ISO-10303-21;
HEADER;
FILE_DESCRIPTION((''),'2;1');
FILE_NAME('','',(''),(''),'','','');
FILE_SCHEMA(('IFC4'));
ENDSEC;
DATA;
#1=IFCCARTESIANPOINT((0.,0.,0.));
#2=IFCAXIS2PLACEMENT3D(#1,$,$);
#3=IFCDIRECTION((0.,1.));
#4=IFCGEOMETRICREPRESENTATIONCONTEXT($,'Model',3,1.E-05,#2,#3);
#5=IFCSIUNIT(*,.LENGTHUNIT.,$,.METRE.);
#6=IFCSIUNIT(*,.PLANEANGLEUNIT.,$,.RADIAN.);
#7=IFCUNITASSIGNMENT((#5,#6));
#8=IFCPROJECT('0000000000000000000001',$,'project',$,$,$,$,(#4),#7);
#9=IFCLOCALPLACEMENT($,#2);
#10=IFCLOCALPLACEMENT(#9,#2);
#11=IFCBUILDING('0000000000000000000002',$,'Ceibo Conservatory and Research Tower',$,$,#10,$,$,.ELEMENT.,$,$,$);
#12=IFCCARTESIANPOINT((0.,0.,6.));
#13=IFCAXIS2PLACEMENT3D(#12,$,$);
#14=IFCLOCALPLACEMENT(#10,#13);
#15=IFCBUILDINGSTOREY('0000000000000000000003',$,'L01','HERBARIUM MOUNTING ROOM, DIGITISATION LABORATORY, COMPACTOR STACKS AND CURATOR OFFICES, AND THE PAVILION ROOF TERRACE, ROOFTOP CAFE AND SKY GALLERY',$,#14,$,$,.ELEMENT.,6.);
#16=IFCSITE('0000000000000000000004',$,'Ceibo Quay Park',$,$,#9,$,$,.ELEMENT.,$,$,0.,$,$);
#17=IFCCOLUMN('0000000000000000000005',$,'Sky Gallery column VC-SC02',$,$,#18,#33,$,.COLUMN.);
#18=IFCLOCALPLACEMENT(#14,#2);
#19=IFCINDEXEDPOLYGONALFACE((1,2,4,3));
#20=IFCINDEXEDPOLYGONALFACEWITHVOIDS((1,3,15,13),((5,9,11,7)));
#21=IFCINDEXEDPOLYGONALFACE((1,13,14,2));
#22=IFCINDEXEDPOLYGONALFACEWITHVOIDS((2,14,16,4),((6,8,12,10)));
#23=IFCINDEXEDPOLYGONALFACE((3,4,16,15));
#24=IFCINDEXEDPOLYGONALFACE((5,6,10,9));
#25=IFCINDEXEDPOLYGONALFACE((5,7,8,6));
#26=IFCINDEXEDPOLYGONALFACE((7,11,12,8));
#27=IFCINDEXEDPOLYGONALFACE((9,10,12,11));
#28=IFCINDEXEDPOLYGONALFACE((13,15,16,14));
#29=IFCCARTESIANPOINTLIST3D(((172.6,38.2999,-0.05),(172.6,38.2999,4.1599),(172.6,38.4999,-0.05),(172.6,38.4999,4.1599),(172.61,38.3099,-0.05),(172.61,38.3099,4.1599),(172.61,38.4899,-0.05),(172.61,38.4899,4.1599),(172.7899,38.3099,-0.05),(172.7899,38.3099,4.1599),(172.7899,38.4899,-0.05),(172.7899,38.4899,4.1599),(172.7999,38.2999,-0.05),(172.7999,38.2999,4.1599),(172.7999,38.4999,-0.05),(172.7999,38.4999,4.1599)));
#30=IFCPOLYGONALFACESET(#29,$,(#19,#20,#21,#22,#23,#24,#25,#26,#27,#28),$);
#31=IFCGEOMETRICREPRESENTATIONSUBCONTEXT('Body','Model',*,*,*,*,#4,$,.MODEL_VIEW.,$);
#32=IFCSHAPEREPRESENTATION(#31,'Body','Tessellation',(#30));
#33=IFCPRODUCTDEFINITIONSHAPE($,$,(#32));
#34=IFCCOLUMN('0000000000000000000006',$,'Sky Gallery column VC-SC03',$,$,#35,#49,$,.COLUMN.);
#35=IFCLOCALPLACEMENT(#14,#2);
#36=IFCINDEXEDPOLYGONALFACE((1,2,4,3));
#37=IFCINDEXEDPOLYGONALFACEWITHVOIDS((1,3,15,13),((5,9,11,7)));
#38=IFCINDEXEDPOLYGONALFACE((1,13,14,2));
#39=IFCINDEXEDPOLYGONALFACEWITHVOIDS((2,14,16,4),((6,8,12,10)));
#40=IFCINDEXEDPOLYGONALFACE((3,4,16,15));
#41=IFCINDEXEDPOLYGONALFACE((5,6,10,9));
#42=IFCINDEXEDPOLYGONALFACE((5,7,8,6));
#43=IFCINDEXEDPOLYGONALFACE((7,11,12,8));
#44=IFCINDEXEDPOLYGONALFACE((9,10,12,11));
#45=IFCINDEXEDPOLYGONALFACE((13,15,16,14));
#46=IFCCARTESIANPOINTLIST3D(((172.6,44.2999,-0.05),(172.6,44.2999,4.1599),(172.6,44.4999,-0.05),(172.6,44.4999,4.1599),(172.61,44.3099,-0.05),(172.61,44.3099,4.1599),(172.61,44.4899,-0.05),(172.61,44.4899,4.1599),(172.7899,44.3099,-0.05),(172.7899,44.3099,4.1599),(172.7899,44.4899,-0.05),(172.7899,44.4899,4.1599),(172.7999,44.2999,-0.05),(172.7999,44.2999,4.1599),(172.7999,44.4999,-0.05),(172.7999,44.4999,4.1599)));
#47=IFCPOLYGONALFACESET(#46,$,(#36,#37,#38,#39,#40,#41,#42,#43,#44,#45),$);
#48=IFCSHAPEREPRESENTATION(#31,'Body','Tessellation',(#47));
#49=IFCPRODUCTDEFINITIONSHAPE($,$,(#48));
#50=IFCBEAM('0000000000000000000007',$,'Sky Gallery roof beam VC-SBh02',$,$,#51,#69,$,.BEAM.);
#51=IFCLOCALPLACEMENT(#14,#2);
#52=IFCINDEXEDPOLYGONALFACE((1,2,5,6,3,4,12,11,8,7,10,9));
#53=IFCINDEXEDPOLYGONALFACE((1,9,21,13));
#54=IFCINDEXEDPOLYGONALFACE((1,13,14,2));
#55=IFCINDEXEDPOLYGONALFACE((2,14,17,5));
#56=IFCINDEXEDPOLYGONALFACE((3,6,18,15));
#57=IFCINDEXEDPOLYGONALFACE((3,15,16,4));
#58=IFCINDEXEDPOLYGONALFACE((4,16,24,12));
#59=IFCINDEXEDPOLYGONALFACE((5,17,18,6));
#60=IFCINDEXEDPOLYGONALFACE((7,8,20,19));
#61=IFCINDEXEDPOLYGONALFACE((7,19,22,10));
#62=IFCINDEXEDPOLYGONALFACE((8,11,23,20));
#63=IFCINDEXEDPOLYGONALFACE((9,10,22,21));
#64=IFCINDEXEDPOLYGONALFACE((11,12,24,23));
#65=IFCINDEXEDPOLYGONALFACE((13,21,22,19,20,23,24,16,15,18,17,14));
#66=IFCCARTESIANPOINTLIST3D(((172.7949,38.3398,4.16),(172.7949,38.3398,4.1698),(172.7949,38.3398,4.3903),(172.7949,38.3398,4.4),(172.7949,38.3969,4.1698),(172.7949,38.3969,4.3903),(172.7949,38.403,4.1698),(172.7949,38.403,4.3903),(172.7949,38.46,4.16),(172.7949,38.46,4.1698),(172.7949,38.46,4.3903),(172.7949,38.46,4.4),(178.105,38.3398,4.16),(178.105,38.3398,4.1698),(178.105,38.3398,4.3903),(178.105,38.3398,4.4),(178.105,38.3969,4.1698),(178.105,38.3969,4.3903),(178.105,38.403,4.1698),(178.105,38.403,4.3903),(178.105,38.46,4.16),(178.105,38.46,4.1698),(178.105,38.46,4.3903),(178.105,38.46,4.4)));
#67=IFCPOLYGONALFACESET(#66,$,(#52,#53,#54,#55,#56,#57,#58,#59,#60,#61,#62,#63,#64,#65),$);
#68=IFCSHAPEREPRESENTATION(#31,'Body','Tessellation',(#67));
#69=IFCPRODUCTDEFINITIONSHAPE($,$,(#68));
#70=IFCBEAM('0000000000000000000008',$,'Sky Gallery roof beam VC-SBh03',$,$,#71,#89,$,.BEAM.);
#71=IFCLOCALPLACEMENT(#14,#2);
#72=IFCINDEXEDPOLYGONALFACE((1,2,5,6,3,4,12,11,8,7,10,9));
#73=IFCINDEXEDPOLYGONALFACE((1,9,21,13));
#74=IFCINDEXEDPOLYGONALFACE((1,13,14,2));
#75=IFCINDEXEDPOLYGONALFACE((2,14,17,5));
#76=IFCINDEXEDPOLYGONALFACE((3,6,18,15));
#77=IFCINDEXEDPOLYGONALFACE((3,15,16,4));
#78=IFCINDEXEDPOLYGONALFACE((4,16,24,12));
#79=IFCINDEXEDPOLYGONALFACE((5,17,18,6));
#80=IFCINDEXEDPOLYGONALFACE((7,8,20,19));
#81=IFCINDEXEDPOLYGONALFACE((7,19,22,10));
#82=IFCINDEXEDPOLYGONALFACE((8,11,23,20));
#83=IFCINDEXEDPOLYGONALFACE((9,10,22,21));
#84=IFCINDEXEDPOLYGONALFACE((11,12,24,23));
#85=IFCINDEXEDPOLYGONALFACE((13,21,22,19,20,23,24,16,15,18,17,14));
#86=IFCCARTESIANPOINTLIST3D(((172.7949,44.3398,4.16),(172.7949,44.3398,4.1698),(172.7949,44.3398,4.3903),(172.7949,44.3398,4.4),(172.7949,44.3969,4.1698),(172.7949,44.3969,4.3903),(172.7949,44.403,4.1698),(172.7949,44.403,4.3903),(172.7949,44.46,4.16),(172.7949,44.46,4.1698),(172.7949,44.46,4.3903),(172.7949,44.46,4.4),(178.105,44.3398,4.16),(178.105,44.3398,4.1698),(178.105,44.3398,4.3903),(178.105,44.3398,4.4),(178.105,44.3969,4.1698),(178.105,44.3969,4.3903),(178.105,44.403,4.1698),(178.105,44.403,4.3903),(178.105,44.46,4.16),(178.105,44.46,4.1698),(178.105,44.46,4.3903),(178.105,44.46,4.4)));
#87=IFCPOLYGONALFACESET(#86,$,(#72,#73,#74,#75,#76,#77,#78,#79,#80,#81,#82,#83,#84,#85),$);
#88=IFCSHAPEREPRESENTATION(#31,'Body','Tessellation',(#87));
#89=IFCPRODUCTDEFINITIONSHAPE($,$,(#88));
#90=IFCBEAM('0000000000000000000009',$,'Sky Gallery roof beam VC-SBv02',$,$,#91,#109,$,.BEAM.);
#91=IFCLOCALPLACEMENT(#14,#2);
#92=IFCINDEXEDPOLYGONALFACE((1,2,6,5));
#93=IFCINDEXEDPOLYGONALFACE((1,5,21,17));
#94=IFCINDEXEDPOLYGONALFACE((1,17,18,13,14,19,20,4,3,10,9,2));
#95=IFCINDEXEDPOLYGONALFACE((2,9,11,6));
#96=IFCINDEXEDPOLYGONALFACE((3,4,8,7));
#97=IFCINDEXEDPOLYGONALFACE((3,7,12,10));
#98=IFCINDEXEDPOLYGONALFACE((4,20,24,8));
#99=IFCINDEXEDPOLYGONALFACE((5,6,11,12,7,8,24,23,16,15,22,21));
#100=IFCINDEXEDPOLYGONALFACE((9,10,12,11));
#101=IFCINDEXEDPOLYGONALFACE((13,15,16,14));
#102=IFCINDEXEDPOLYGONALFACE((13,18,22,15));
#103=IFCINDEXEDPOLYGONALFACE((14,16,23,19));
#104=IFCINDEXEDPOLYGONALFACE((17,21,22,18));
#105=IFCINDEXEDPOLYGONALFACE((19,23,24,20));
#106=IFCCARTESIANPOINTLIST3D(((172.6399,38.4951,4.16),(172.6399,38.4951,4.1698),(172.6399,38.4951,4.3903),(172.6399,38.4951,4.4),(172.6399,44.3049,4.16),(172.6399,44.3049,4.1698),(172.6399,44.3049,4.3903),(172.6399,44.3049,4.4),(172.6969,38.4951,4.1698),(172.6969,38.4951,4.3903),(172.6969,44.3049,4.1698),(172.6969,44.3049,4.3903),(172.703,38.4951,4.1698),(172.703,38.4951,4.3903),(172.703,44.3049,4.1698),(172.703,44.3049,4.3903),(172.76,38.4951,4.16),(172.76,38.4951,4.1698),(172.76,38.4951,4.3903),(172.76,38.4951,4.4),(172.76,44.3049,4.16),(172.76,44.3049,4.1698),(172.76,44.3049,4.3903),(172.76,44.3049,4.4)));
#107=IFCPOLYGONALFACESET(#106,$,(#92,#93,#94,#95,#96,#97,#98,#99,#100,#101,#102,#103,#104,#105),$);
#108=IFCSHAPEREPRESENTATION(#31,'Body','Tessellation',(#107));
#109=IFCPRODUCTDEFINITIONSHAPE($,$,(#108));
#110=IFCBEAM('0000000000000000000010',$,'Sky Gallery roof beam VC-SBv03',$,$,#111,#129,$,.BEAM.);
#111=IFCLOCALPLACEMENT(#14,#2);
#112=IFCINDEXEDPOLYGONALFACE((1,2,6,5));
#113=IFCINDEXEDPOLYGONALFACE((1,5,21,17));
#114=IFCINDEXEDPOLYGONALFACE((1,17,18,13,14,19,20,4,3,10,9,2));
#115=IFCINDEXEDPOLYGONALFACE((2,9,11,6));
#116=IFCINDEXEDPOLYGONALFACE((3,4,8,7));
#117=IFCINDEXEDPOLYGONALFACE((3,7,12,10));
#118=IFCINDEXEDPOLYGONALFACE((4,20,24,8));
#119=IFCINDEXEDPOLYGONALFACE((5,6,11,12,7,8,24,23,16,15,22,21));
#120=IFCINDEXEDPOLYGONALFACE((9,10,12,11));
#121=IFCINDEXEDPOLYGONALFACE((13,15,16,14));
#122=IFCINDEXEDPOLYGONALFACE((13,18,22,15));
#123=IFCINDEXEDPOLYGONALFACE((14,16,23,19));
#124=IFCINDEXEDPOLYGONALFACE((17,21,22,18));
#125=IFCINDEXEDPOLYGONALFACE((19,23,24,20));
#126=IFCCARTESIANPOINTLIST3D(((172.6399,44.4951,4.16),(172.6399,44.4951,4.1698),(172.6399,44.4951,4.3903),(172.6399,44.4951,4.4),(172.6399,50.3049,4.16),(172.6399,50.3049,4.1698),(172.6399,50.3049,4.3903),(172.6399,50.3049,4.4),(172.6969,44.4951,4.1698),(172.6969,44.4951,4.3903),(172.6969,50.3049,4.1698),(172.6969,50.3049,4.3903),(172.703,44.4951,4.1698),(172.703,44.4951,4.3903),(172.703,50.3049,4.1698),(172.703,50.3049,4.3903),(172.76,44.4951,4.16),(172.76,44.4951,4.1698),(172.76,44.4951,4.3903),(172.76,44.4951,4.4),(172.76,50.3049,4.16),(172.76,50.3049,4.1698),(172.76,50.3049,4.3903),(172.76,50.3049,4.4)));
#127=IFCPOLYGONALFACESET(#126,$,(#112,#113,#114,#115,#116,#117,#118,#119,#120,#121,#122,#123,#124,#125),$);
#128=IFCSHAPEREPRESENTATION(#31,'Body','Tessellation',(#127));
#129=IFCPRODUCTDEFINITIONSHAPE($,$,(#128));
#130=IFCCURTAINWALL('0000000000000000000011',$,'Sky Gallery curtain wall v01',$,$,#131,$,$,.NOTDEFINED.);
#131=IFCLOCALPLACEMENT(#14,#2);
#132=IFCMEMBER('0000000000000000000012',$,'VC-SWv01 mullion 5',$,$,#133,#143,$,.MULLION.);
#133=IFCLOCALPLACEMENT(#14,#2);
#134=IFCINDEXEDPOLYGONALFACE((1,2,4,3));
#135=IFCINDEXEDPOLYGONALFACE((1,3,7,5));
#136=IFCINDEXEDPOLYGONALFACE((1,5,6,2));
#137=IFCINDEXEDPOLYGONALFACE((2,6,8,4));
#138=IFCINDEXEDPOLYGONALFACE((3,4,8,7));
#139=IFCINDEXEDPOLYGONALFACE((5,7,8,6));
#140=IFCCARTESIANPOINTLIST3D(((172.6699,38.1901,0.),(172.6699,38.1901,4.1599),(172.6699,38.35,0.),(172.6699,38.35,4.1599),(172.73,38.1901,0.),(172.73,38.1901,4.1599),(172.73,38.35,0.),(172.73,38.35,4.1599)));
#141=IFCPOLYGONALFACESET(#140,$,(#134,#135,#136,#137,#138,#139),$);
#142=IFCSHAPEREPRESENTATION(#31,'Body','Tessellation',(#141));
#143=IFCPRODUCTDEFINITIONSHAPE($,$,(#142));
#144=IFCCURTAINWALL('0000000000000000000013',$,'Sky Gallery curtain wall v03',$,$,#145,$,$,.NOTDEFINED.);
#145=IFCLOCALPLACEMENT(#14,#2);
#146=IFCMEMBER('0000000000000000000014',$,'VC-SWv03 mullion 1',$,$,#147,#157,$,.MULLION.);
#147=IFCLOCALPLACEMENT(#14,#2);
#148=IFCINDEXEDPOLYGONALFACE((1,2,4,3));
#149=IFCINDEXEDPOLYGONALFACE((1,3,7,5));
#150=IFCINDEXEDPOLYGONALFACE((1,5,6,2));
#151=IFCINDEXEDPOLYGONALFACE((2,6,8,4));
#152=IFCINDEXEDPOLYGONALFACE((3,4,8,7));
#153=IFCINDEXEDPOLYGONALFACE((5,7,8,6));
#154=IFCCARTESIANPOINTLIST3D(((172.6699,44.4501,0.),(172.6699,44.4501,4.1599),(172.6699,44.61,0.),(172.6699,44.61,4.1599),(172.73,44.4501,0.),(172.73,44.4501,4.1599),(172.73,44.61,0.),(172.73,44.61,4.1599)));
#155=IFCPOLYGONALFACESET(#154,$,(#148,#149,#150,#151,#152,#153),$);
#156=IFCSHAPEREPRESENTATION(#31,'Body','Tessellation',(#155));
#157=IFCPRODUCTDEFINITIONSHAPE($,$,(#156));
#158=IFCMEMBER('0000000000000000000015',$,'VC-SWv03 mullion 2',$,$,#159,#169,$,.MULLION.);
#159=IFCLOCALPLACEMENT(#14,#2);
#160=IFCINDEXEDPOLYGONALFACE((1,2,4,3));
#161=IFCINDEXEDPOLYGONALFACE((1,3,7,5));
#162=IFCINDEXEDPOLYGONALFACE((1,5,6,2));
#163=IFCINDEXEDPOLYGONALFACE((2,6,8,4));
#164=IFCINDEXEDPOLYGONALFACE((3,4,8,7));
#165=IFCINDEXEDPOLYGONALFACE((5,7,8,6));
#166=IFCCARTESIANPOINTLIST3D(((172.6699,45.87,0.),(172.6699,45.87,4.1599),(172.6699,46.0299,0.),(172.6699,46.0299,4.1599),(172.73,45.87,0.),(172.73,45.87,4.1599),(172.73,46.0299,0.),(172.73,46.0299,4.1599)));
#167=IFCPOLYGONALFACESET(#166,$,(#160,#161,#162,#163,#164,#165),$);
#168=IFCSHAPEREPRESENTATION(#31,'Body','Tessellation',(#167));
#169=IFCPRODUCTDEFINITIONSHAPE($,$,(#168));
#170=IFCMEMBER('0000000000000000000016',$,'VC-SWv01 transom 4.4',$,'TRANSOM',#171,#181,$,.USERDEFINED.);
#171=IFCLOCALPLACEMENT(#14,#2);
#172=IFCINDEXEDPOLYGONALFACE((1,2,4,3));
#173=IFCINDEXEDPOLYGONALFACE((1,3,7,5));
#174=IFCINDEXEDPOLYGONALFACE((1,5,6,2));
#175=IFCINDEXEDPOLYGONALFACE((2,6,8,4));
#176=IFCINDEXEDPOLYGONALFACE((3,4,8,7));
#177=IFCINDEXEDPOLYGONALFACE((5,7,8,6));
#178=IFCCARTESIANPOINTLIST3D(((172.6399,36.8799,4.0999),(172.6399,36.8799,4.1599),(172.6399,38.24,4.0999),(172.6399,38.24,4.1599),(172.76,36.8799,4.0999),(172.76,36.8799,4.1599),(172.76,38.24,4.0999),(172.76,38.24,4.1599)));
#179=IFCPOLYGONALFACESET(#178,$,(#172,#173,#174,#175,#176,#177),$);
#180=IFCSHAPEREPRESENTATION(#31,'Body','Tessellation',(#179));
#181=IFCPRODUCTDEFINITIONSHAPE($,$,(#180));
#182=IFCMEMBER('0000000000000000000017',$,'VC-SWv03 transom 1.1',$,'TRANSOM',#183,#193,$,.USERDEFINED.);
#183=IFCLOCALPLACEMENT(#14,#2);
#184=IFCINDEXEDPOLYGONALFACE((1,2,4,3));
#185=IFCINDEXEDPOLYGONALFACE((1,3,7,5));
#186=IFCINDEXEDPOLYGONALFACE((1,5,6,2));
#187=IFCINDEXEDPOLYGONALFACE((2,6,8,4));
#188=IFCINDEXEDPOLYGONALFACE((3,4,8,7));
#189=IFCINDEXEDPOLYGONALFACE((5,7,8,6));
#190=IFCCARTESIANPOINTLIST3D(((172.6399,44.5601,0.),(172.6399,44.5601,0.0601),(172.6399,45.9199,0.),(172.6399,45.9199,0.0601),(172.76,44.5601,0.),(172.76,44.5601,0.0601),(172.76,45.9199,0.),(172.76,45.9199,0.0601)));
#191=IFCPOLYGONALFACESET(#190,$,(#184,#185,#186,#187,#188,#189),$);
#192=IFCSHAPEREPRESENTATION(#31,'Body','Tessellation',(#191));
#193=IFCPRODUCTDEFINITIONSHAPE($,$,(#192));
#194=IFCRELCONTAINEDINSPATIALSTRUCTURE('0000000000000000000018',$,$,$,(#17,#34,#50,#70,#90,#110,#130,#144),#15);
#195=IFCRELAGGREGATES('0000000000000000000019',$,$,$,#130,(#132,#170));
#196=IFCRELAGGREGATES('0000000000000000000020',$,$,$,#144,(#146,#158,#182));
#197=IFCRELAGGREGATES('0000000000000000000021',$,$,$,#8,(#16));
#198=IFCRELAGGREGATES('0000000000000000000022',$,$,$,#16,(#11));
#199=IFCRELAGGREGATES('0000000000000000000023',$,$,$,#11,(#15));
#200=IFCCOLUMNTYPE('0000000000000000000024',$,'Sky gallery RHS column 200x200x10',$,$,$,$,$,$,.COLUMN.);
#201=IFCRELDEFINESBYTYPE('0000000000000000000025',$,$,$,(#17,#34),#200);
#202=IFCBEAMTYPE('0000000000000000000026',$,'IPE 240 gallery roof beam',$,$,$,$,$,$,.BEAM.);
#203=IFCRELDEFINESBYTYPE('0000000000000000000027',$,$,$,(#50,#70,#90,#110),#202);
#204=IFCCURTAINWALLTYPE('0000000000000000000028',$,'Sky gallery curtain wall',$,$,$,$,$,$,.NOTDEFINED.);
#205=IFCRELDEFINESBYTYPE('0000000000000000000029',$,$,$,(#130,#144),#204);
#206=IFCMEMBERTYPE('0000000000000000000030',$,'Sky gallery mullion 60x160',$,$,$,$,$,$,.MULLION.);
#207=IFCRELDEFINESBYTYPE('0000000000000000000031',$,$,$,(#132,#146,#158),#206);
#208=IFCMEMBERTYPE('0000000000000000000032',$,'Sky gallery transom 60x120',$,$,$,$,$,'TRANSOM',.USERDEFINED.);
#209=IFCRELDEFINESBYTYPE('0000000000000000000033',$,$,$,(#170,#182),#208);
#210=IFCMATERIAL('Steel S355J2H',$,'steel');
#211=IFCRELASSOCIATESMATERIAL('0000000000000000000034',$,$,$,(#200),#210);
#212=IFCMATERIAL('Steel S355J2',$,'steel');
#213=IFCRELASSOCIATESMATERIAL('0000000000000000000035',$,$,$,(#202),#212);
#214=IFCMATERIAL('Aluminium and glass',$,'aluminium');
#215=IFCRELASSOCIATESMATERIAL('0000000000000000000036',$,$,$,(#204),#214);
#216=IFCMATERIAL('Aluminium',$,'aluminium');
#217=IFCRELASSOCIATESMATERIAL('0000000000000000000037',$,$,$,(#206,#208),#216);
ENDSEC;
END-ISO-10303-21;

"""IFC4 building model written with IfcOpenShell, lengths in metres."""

from ifc_helpers import new_model, si_unit, direction, frame, origin, origin_2d, place, context, subcontext, project, spatial, rectangle, hollow_rectangle, i_section, extrude, material, material_profile, profile_set, type_object, element, aggregate, save


model = new_model("IFC4")

# Units and contexts
model_context = context("Model", 3, precision=1e-05, world=origin(), true_north=direction((0.0, 1.0)))
body_context = subcontext(model_context, "Body", "Model", "MODEL_VIEW")
ifc_project = project(units=[si_unit("LENGTHUNIT", "METRE"), si_unit("PLANEANGLEUNIT", "RADIAN")], contexts=[model_context])

# Site, building, storey
site_placement = place(None, origin())
site = spatial("IfcSite", under=ifc_project, at=site_placement, Name="Ceibo Quay Park", CompositionType="ELEMENT", RefElevation=0.0)
building_placement = place(site_placement, origin())
building = spatial("IfcBuilding", under=site, at=building_placement, Name="Ceibo Conservatory and Research Tower", CompositionType="ELEMENT")
storey_placement = place(building_placement, frame((0.0, 0.0, 6.0)))
storey = spatial("IfcBuildingStorey", under=building, at=storey_placement, Name="L01", Description="HERBARIUM MOUNTING ROOM, DIGITISATION LABORATORY, COMPACTOR STACKS AND CURATOR OFFICES, AND THE PAVILION ROOF TERRACE, ROOFTOP CAFE AND SKY GALLERY", CompositionType="ELEMENT", Elevation=6.0)

# Columns
ifc_material_1 = material(Name="Steel S355J2H", Category="steel")
ifc_material_profile_1 = material_profile(ifc_material_1, hollow_rectangle(XDim=0.2, YDim=0.2, WallThickness=0.01, at=origin_2d()), Name="Sky gallery RHS column 200x200x10")
ifc_profile_set_1 = profile_set([ifc_material_profile_1], Name="Steel S355J2H")
column_type = type_object("IfcColumnType", Name="Sky gallery RHS column 200x200x10", PredefinedType="COLUMN", material=ifc_profile_set_1)
for number, where, z_axis, x_axis, name in (
    (1, (172.7, 38.3999, -0.05), (0.0, 0.0, 1.0), (1.0, 0.0, 0.0), "Sky Gallery column VC-SC02"),
    (2, (172.7, 44.3999, -0.05), (0.0, 0.0, 1.0), (1.0, 0.0, 0.0), "Sky Gallery column VC-SC03"),
):
    element("IfcColumn", number, at=place(storey_placement, frame(where, z_axis=z_axis, x_axis=x_axis)), inside=storey, type_object=column_type, Name=name, PredefinedType="COLUMN", context=body_context, shape_type="SweptSolid", body=[
        extrude(hollow_rectangle(XDim=0.2, YDim=0.2, WallThickness=0.01, at=origin_2d()), origin(), (0.0, 0.0, 1.0), 4.21),
    ])

# Beams
ifc_material_2 = material(Name="Steel S355J2", Category="steel")
ifc_material_profile_2 = material_profile(ifc_material_2, i_section(OverallWidth=0.1201, OverallDepth=0.24, WebThickness=0.0061, FlangeThickness=0.0098, at=origin_2d()), Name="IPE 240")
ifc_profile_set_2 = profile_set([ifc_material_profile_2], Name="Steel S355J2")
beam_type = type_object("IfcBeamType", Name="IPE 240 gallery roof beam", PredefinedType="BEAM", material=ifc_profile_set_2)
for number, where, z_axis, x_axis, name in (
    (3, (172.7949, 38.3999, 4.28), (1.0, 0.0, 0.0), (0.0, 1.0, 0.0), "Sky Gallery roof beam VC-SBh02"),
    (4, (172.7949, 44.3999, 4.28), (1.0, 0.0, 0.0), (0.0, 1.0, 0.0), "Sky Gallery roof beam VC-SBh03"),
):
    element("IfcBeam", number, at=place(storey_placement, frame(where, z_axis=z_axis, x_axis=x_axis)), inside=storey, type_object=beam_type, Name=name, PredefinedType="BEAM", context=body_context, shape_type="SweptSolid", body=[
        extrude(i_section(OverallWidth=0.1201, OverallDepth=0.24, WebThickness=0.0061, FlangeThickness=0.0098, at=origin_2d()), origin(), (0.0, 0.0, 1.0), 5.3101),
    ])
for number, where, z_axis, x_axis, name in (
    (5, (172.7, 38.4951, 4.28), (0.0, 1.0, 0.0), (-1.0, 0.0, 0.0), "Sky Gallery roof beam VC-SBv02"),
    (6, (172.7, 44.4951, 4.28), (0.0, 1.0, 0.0), (-1.0, 0.0, 0.0), "Sky Gallery roof beam VC-SBv03"),
):
    element("IfcBeam", number, at=place(storey_placement, frame(where, z_axis=z_axis, x_axis=x_axis)), inside=storey, type_object=beam_type, Name=name, PredefinedType="BEAM", context=body_context, shape_type="SweptSolid", body=[
        extrude(i_section(OverallWidth=0.1201, OverallDepth=0.24, WebThickness=0.0061, FlangeThickness=0.0098, at=origin_2d()), origin(), (0.0, 0.0, 1.0), 5.8098),
    ])

# Curtain wall, member
ifc_material_3 = material(Name="Aluminium and glass", Category="aluminium")
curtain_wall_type = type_object("IfcCurtainWallType", Name="Sky gallery curtain wall", PredefinedType="NOTDEFINED", material=ifc_material_3)
curtain_wall_1_placement = place(storey_placement, origin())
curtain_wall_1 = element("IfcCurtainWall", 7, at=curtain_wall_1_placement, inside=storey, type_object=curtain_wall_type, Name="Sky Gallery curtain wall v01", PredefinedType="NOTDEFINED")
ifc_material_4 = material(Name="Aluminium", Category="aluminium")
ifc_material_profile_3 = material_profile(ifc_material_4, rectangle(XDim=0.0601, YDim=0.1599, at=origin_2d()), Name="AL 60x160")
ifc_profile_set_3 = profile_set([ifc_material_profile_3], Name="Aluminium")
member_type_1 = type_object("IfcMemberType", Name="Sky gallery mullion 60x160", PredefinedType="MULLION", material=ifc_profile_set_3)
member_1_placement = place(storey_placement, frame((172.7, 38.27, 0.0), z_axis=(0.0, 0.0, 1.0), x_axis=(-1.0, 0.0, 0.0)))
member_1 = element("IfcMember", 8, at=member_1_placement, type_object=member_type_1, Name="VC-SWv01 mullion 5", PredefinedType="MULLION", context=body_context, shape_type="SweptSolid", body=[
    extrude(rectangle(XDim=0.0601, YDim=0.1599, at=origin_2d()), origin(), (0.0, 0.0, 1.0), 4.1599),
])

# Curtain wall, members
curtain_wall_2_placement = place(storey_placement, origin())
curtain_wall_2 = element("IfcCurtainWall", 9, at=curtain_wall_2_placement, inside=storey, type_object=curtain_wall_type, Name="Sky Gallery curtain wall v03", PredefinedType="NOTDEFINED")
member_2_placement = place(storey_placement, frame((172.7, 44.53, 0.0), z_axis=(0.0, 0.0, 1.0), x_axis=(-1.0, 0.0, 0.0)))
member_2 = element("IfcMember", 10, at=member_2_placement, type_object=member_type_1, Name="VC-SWv03 mullion 1", PredefinedType="MULLION", context=body_context, shape_type="SweptSolid", body=[
    extrude(rectangle(XDim=0.0601, YDim=0.1599, at=origin_2d()), origin(), (0.0, 0.0, 1.0), 4.1599),
])
member_3_placement = place(storey_placement, frame((172.7, 45.95, 0.0), z_axis=(0.0, 0.0, 1.0), x_axis=(-1.0, 0.0, 0.0)))
member_3 = element("IfcMember", 11, at=member_3_placement, type_object=member_type_1, Name="VC-SWv03 mullion 2", PredefinedType="MULLION", context=body_context, shape_type="SweptSolid", body=[
    extrude(rectangle(XDim=0.0601, YDim=0.1599, at=origin_2d()), origin(), (0.0, 0.0, 1.0), 4.1599),
])

# Members
ifc_material_profile_4 = material_profile(ifc_material_4, rectangle(XDim=0.1201, YDim=0.0601, at=origin_2d()), Name="AL 60x120")
ifc_profile_set_4 = profile_set([ifc_material_profile_4], Name="Aluminium")
member_type_2 = type_object("IfcMemberType", Name="Sky gallery transom 60x120", ElementType="TRANSOM", PredefinedType="USERDEFINED", material=ifc_profile_set_4)
member_4_placement = place(storey_placement, frame((172.7, 36.8799, 4.1299), z_axis=(0.0, 1.0, 0.0), x_axis=(-1.0, 0.0, 0.0)))
member_4 = element("IfcMember", 12, at=member_4_placement, type_object=member_type_2, Name="VC-SWv01 transom 4.4", ObjectType="TRANSOM", PredefinedType="USERDEFINED", context=body_context, shape_type="SweptSolid", body=[
    extrude(rectangle(XDim=0.1201, YDim=0.0601, at=origin_2d()), origin(), (0.0, 0.0, 1.0), 1.3601),
])
member_5_placement = place(storey_placement, frame((172.7, 44.5601, 0.03), z_axis=(0.0, 1.0, 0.0), x_axis=(-1.0, 0.0, 0.0)))
member_5 = element("IfcMember", 13, at=member_5_placement, type_object=member_type_2, Name="VC-SWv03 transom 1.1", ObjectType="TRANSOM", PredefinedType="USERDEFINED", context=body_context, shape_type="SweptSolid", body=[
    extrude(rectangle(XDim=0.1201, YDim=0.0601, at=origin_2d()), origin(), (0.0, 0.0, 1.0), 1.3599),
])

aggregate(curtain_wall_1, [member_1, member_4])
aggregate(curtain_wall_2, [member_2, member_3, member_5])

save(model, "model.ifc")
